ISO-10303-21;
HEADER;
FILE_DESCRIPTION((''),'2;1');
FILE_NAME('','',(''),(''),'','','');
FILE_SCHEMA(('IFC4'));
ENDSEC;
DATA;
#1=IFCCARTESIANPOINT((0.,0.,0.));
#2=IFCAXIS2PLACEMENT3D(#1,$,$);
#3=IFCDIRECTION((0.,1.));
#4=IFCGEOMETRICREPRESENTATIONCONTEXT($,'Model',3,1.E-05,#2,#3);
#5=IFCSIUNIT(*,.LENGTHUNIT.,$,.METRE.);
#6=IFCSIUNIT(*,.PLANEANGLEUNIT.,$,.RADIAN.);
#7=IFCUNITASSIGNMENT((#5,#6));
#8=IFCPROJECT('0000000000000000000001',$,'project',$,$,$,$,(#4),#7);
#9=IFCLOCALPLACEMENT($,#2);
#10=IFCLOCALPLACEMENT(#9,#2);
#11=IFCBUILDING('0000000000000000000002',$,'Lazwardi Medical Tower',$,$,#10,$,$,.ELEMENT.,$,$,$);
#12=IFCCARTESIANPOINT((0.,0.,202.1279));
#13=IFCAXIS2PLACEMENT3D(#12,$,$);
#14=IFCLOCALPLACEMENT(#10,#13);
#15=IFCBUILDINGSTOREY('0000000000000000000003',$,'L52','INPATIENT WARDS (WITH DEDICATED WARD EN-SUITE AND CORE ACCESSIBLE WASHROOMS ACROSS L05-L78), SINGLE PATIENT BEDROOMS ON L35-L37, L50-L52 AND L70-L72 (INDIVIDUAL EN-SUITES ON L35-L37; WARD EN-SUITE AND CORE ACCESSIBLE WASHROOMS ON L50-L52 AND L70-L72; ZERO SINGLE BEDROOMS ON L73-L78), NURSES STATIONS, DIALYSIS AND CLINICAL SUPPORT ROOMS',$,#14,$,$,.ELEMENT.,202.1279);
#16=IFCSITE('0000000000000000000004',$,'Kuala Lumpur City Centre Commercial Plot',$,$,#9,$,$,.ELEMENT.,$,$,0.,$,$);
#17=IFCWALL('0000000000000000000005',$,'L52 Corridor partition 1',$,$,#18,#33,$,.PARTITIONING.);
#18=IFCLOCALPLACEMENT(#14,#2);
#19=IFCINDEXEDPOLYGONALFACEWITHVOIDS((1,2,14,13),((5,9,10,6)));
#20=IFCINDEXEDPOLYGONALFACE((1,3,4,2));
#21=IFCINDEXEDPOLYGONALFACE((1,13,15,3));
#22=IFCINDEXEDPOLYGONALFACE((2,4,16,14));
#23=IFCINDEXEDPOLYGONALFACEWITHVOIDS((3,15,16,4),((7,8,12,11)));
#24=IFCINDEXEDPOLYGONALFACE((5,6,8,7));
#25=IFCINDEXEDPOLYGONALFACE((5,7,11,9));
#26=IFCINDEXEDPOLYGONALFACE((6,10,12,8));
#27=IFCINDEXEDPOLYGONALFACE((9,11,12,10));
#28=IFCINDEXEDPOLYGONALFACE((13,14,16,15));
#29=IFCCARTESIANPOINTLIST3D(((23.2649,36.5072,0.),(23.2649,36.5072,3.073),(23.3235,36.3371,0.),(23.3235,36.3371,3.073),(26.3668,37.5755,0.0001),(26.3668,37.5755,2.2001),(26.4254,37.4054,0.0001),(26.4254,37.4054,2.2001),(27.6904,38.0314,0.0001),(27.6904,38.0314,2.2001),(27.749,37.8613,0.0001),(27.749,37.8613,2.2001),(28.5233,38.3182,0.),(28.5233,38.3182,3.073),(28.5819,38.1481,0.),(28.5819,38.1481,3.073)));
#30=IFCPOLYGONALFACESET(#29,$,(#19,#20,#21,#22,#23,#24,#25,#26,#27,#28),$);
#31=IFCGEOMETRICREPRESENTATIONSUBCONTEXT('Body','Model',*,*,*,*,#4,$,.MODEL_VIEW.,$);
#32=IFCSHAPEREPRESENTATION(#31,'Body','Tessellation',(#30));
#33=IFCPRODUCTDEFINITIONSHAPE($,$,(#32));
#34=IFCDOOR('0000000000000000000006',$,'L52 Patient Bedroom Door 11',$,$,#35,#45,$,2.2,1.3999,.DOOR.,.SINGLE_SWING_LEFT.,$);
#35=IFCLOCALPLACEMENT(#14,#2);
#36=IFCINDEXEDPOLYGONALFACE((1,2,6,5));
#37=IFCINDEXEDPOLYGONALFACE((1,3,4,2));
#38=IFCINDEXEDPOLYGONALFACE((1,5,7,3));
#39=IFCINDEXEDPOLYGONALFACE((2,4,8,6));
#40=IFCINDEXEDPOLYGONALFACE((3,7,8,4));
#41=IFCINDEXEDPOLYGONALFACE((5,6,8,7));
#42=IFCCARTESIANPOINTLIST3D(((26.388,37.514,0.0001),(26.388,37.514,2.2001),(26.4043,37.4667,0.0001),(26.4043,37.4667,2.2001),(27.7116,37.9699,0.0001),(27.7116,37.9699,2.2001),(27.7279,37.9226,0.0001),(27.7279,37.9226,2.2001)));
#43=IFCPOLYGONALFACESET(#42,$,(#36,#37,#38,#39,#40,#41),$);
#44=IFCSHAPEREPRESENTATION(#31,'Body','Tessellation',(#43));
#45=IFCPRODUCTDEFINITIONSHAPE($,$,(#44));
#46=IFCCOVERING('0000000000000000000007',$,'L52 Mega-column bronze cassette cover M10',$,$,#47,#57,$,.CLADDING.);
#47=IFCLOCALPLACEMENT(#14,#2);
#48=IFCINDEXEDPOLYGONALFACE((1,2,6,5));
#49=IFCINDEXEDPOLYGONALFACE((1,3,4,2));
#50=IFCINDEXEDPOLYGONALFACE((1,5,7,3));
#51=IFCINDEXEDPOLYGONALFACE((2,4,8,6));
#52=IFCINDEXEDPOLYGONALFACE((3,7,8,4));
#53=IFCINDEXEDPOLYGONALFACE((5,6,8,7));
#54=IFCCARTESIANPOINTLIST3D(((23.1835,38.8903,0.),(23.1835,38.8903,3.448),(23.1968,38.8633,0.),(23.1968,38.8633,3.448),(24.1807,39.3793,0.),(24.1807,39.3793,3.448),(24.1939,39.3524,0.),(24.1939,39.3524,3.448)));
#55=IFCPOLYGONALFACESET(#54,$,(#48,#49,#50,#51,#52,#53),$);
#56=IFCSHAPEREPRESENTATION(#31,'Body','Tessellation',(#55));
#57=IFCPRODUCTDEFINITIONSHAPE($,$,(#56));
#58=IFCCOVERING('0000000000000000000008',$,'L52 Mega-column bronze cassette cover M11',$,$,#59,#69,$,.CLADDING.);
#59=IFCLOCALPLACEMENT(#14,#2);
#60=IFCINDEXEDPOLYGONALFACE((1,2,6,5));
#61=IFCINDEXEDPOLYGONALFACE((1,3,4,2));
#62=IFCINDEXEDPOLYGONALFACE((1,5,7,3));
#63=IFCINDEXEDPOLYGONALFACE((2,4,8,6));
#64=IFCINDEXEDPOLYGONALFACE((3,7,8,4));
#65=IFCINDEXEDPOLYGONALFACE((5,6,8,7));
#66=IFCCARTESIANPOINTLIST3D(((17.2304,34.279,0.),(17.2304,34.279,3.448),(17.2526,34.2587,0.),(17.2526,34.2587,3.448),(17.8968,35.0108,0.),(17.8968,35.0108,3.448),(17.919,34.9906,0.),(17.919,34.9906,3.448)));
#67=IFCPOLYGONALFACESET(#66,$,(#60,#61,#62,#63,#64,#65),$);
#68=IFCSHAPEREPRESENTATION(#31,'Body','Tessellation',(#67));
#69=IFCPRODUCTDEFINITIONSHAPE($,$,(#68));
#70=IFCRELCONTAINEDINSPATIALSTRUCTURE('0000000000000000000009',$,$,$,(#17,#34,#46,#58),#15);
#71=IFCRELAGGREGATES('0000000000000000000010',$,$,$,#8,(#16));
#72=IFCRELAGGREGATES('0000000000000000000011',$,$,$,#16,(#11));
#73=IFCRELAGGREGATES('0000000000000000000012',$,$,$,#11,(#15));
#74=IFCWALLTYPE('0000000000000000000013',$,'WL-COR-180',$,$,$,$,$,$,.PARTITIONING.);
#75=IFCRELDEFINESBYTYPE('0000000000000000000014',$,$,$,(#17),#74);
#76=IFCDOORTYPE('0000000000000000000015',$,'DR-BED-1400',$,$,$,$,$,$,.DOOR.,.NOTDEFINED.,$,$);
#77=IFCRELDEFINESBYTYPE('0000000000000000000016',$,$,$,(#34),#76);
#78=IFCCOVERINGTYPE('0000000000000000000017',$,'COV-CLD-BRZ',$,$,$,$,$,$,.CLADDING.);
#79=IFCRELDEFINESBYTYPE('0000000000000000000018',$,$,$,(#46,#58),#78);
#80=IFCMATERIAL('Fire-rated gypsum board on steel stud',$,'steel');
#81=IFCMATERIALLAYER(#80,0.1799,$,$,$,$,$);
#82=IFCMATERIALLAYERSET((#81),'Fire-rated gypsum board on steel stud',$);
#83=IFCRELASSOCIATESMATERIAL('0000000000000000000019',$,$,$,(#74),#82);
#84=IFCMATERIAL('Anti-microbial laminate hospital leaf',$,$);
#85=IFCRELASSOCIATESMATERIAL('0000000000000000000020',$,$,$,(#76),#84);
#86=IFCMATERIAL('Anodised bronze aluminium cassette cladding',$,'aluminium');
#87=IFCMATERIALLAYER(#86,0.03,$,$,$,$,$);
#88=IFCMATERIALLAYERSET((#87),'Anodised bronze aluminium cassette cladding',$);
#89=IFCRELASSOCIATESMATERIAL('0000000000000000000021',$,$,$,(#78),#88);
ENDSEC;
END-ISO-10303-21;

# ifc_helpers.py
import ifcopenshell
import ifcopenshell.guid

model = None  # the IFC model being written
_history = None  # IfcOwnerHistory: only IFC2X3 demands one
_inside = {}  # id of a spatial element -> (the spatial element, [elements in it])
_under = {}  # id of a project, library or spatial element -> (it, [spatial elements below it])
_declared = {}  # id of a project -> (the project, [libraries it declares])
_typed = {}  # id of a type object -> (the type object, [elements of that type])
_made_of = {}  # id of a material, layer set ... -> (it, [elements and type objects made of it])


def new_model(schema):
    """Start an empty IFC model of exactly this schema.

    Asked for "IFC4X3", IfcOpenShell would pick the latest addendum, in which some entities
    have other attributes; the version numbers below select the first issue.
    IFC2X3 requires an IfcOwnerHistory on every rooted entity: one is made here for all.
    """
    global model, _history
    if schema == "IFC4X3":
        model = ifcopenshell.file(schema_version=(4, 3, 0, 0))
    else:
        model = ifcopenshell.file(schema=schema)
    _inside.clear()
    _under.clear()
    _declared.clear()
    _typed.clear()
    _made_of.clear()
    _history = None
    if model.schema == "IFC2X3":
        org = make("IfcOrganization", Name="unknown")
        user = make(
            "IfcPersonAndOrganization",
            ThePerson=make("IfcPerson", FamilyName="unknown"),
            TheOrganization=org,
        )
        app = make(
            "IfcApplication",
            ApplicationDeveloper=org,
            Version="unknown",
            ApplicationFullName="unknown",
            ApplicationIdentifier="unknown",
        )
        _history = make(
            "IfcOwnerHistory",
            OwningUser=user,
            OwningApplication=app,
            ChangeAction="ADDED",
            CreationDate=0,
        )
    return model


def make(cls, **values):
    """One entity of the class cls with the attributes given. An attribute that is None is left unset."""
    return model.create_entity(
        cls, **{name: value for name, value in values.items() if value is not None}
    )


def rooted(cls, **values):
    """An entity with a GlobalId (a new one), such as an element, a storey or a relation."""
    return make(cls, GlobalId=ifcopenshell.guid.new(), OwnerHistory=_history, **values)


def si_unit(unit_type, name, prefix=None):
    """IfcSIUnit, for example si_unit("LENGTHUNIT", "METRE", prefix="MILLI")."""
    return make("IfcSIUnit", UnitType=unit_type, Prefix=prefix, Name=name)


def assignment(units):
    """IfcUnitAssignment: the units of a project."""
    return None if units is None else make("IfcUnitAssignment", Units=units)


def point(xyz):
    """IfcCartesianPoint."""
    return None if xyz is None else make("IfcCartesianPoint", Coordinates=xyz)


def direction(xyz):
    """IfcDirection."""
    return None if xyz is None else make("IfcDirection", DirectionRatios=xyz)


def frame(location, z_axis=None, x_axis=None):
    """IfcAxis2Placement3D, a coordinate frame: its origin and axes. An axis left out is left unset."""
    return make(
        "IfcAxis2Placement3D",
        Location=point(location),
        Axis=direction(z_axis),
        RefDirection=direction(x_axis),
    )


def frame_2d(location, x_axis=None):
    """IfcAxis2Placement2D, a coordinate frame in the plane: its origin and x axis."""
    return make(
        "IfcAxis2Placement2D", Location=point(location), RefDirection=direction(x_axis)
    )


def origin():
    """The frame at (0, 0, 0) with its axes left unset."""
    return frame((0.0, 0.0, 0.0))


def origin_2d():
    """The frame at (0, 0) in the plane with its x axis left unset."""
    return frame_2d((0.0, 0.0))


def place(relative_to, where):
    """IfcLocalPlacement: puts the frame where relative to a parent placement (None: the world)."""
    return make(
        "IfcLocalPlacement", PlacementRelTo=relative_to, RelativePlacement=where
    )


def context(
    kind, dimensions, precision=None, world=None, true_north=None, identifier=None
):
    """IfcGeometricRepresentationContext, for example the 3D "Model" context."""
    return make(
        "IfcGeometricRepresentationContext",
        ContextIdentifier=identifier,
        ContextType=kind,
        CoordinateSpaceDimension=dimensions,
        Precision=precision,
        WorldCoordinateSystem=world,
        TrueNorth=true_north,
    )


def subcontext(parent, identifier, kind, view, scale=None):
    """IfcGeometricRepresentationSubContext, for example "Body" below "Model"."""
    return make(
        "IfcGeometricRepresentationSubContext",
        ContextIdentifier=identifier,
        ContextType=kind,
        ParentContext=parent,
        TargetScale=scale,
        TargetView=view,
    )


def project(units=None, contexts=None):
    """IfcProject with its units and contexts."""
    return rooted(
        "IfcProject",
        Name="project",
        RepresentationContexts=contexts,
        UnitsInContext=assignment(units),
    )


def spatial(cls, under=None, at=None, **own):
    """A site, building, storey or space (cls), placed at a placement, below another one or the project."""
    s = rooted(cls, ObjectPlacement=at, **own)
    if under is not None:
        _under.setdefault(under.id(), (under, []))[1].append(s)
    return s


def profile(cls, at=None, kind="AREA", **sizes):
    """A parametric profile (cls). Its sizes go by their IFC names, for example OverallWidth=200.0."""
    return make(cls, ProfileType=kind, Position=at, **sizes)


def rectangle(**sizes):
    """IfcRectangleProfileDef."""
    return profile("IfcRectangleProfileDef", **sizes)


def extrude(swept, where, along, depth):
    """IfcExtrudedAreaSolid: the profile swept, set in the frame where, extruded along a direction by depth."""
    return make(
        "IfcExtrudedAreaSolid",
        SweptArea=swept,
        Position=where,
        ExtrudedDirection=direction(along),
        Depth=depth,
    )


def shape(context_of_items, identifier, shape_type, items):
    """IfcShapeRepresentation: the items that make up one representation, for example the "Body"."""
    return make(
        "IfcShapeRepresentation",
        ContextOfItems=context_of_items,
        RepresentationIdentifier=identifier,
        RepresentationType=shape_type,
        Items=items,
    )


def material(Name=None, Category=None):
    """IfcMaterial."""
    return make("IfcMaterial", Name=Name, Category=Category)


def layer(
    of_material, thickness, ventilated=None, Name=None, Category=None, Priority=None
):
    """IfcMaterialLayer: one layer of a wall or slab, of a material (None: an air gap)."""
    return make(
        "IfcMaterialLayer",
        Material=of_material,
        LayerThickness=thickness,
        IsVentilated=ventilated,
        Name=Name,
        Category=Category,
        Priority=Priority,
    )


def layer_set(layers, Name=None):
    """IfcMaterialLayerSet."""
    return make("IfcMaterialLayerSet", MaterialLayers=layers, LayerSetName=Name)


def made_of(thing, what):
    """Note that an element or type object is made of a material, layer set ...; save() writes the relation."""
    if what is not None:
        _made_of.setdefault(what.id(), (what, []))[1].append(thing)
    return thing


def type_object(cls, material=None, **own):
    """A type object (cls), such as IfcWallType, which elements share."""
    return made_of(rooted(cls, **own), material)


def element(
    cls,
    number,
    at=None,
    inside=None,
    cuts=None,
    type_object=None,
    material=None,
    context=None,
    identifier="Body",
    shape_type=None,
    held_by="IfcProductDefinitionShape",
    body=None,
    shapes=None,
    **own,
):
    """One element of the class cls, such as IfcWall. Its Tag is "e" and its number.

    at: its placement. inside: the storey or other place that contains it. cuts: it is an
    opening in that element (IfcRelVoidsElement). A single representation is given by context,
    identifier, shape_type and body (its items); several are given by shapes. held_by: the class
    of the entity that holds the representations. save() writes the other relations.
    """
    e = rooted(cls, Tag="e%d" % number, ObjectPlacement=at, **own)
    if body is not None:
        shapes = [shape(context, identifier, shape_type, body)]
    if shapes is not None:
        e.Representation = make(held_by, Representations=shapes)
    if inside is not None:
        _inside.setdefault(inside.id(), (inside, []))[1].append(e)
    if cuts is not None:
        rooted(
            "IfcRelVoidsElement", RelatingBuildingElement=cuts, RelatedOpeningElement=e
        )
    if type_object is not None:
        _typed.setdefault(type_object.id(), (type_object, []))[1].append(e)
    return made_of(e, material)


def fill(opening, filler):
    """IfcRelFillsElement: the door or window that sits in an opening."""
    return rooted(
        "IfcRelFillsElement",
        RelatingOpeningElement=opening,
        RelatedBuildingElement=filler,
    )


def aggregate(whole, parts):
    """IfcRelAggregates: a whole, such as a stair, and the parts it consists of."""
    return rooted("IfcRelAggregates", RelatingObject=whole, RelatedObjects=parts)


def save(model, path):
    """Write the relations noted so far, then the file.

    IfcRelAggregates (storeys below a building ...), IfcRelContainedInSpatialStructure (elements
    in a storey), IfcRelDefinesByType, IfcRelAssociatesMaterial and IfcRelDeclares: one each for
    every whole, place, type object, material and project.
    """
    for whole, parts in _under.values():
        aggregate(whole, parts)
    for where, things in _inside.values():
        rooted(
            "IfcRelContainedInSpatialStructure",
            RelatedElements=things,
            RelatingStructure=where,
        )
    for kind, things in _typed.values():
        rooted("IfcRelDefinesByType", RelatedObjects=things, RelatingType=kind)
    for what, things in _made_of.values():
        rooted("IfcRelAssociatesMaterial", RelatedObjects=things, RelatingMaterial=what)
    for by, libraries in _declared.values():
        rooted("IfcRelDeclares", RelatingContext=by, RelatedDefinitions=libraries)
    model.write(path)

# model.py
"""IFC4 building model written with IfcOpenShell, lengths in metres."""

from ifc_helpers import new_model, si_unit, direction, frame, frame_2d, origin, origin_2d, place, context, subcontext, project, spatial, rectangle, extrude, material, layer, layer_set, type_object, element, fill, save


model = new_model("IFC4")

# Units and contexts
model_context = context("Model", 3, precision=1e-05, world=origin(), true_north=direction((0.0, 1.0)))
body_context = subcontext(model_context, "Body", "Model", "MODEL_VIEW")
ifc_project = project(units=[si_unit("LENGTHUNIT", "METRE"), si_unit("PLANEANGLEUNIT", "RADIAN")], contexts=[model_context])

# Site, building, storey
site_placement = place(None, origin())
site = spatial("IfcSite", under=ifc_project, at=site_placement, Name="Kuala Lumpur City Centre Commercial Plot", CompositionType="ELEMENT", RefElevation=0.0)
building_placement = place(site_placement, origin())
building = spatial("IfcBuilding", under=site, at=building_placement, Name="Lazwardi Medical Tower", CompositionType="ELEMENT")
storey_placement = place(building_placement, frame((0.0, 0.0, 202.1279)))
storey = spatial("IfcBuildingStorey", under=building, at=storey_placement, Name="L52", Description="INPATIENT WARDS (WITH DEDICATED WARD EN-SUITE AND CORE ACCESSIBLE WASHROOMS ACROSS L05-L78), SINGLE PATIENT BEDROOMS ON L35-L37, L50-L52 AND L70-L72 (INDIVIDUAL EN-SUITES ON L35-L37; WARD EN-SUITE AND CORE ACCESSIBLE WASHROOMS ON L50-L52 AND L70-L72; ZERO SINGLE BEDROOMS ON L73-L78), NURSES STATIONS, DIALYSIS AND CLINICAL SUPPORT ROOMS", CompositionType="ELEMENT", Elevation=202.1279)

# Wall, opening, door
ifc_material_1 = material(Name="Fire-rated gypsum board on steel stud", Category="steel")
ifc_layer_1 = layer(ifc_material_1, 0.1799)
ifc_layer_set_1 = layer_set([ifc_layer_1], Name="Fire-rated gypsum board on steel stud")
wall_type = type_object("IfcWallType", Name="WL-COR-180", PredefinedType="PARTITIONING", material=ifc_layer_set_1)
wall_placement = place(storey_placement, frame((23.2942, 36.4221, 0.0), z_axis=(0.0, 0.0, 1.0), x_axis=(0.945493, 0.325642, 0.0)))
wall = element("IfcWall", 1, at=wall_placement, inside=storey, type_object=wall_type, Name="L52 Corridor partition 1", PredefinedType="PARTITIONING", context=body_context, shape_type="SweptSolid", body=[
    extrude(rectangle(XDim=5.5615, YDim=0.1799, at=frame_2d((2.7808, 0.0))), origin(), (0.0, 0.0, 1.0), 3.073),
])
opening_placement = place(wall_placement, frame((3.2808, 0.0, 0.0)))
opening = element("IfcOpeningElement", 2, at=opening_placement, cuts=wall, PredefinedType="OPENING", context=body_context, shape_type="SweptSolid", body=[
    extrude(rectangle(XDim=1.3999, YDim=2.2, at=frame_2d((0.7, 1.1001))), frame((0.0, 0.0999, 0.0), z_axis=(0.0, -1.0, 0.0), x_axis=(1.0, 0.0, 0.0)), (0.0, 0.0, 1.0), 0.2),
])
ifc_material_2 = material(Name="Anti-microbial laminate hospital leaf")
door_type = type_object("IfcDoorType", Name="DR-BED-1400", OperationType="NOTDEFINED", PredefinedType="DOOR", material=ifc_material_2)
door_placement = place(opening_placement, origin())
door = element("IfcDoor", 3, at=door_placement, inside=storey, type_object=door_type, Name="L52 Patient Bedroom Door 11", OperationType="SINGLE_SWING_LEFT", OverallHeight=2.2, OverallWidth=1.3999, PredefinedType="DOOR", context=body_context, shape_type="SweptSolid", body=[
    extrude(rectangle(XDim=1.3999, YDim=2.2, at=frame_2d((0.7, 1.1001))), frame((0.0, 0.0249, 0.0), z_axis=(0.0, -1.0, 0.0), x_axis=(1.0, 0.0, 0.0)), (0.0, 0.0, 1.0), 0.05),
])
fill(opening, door)

# Coverings
ifc_material_3 = material(Name="Anodised bronze aluminium cassette cladding", Category="aluminium")
ifc_layer_2 = layer(ifc_material_3, 0.03)
ifc_layer_set_2 = layer_set([ifc_layer_2], Name="Anodised bronze aluminium cassette cladding")
covering_type = type_object("IfcCoveringType", Name="COV-CLD-BRZ", PredefinedType="CLADDING", material=ifc_layer_set_2)
covering_1_placement = place(storey_placement, frame((23.6887, 39.1213, 0.0), z_axis=(0.0, 0.0, 1.0), x_axis=(-0.89784, -0.440322, 0.0)))
element("IfcCovering", 4, at=covering_1_placement, inside=storey, type_object=covering_type, Name="L52 Mega-column bronze cassette cover M10", PredefinedType="CLADDING", context=body_context, shape_type="SweptSolid", body=[
    extrude(rectangle(XDim=1.1106, YDim=0.03, at=origin_2d()), origin(), (0.0, 0.0, 1.0), 3.448),
])
covering_2_placement = place(storey_placement, frame((17.5747, 34.6348, 0.0), z_axis=(0.0, 0.0, 1.0), x_axis=(-0.673241, -0.739423, 0.0)))
element("IfcCovering", 5, at=covering_2_placement, inside=storey, type_object=covering_type, Name="L52 Mega-column bronze cassette cover M11", PredefinedType="CLADDING", context=body_context, shape_type="SweptSolid", body=[
    extrude(rectangle(XDim=0.9897, YDim=0.03, at=origin_2d()), origin(), (0.0, 0.0, 1.0), 3.448),
])

save(model, "model.ifc")
